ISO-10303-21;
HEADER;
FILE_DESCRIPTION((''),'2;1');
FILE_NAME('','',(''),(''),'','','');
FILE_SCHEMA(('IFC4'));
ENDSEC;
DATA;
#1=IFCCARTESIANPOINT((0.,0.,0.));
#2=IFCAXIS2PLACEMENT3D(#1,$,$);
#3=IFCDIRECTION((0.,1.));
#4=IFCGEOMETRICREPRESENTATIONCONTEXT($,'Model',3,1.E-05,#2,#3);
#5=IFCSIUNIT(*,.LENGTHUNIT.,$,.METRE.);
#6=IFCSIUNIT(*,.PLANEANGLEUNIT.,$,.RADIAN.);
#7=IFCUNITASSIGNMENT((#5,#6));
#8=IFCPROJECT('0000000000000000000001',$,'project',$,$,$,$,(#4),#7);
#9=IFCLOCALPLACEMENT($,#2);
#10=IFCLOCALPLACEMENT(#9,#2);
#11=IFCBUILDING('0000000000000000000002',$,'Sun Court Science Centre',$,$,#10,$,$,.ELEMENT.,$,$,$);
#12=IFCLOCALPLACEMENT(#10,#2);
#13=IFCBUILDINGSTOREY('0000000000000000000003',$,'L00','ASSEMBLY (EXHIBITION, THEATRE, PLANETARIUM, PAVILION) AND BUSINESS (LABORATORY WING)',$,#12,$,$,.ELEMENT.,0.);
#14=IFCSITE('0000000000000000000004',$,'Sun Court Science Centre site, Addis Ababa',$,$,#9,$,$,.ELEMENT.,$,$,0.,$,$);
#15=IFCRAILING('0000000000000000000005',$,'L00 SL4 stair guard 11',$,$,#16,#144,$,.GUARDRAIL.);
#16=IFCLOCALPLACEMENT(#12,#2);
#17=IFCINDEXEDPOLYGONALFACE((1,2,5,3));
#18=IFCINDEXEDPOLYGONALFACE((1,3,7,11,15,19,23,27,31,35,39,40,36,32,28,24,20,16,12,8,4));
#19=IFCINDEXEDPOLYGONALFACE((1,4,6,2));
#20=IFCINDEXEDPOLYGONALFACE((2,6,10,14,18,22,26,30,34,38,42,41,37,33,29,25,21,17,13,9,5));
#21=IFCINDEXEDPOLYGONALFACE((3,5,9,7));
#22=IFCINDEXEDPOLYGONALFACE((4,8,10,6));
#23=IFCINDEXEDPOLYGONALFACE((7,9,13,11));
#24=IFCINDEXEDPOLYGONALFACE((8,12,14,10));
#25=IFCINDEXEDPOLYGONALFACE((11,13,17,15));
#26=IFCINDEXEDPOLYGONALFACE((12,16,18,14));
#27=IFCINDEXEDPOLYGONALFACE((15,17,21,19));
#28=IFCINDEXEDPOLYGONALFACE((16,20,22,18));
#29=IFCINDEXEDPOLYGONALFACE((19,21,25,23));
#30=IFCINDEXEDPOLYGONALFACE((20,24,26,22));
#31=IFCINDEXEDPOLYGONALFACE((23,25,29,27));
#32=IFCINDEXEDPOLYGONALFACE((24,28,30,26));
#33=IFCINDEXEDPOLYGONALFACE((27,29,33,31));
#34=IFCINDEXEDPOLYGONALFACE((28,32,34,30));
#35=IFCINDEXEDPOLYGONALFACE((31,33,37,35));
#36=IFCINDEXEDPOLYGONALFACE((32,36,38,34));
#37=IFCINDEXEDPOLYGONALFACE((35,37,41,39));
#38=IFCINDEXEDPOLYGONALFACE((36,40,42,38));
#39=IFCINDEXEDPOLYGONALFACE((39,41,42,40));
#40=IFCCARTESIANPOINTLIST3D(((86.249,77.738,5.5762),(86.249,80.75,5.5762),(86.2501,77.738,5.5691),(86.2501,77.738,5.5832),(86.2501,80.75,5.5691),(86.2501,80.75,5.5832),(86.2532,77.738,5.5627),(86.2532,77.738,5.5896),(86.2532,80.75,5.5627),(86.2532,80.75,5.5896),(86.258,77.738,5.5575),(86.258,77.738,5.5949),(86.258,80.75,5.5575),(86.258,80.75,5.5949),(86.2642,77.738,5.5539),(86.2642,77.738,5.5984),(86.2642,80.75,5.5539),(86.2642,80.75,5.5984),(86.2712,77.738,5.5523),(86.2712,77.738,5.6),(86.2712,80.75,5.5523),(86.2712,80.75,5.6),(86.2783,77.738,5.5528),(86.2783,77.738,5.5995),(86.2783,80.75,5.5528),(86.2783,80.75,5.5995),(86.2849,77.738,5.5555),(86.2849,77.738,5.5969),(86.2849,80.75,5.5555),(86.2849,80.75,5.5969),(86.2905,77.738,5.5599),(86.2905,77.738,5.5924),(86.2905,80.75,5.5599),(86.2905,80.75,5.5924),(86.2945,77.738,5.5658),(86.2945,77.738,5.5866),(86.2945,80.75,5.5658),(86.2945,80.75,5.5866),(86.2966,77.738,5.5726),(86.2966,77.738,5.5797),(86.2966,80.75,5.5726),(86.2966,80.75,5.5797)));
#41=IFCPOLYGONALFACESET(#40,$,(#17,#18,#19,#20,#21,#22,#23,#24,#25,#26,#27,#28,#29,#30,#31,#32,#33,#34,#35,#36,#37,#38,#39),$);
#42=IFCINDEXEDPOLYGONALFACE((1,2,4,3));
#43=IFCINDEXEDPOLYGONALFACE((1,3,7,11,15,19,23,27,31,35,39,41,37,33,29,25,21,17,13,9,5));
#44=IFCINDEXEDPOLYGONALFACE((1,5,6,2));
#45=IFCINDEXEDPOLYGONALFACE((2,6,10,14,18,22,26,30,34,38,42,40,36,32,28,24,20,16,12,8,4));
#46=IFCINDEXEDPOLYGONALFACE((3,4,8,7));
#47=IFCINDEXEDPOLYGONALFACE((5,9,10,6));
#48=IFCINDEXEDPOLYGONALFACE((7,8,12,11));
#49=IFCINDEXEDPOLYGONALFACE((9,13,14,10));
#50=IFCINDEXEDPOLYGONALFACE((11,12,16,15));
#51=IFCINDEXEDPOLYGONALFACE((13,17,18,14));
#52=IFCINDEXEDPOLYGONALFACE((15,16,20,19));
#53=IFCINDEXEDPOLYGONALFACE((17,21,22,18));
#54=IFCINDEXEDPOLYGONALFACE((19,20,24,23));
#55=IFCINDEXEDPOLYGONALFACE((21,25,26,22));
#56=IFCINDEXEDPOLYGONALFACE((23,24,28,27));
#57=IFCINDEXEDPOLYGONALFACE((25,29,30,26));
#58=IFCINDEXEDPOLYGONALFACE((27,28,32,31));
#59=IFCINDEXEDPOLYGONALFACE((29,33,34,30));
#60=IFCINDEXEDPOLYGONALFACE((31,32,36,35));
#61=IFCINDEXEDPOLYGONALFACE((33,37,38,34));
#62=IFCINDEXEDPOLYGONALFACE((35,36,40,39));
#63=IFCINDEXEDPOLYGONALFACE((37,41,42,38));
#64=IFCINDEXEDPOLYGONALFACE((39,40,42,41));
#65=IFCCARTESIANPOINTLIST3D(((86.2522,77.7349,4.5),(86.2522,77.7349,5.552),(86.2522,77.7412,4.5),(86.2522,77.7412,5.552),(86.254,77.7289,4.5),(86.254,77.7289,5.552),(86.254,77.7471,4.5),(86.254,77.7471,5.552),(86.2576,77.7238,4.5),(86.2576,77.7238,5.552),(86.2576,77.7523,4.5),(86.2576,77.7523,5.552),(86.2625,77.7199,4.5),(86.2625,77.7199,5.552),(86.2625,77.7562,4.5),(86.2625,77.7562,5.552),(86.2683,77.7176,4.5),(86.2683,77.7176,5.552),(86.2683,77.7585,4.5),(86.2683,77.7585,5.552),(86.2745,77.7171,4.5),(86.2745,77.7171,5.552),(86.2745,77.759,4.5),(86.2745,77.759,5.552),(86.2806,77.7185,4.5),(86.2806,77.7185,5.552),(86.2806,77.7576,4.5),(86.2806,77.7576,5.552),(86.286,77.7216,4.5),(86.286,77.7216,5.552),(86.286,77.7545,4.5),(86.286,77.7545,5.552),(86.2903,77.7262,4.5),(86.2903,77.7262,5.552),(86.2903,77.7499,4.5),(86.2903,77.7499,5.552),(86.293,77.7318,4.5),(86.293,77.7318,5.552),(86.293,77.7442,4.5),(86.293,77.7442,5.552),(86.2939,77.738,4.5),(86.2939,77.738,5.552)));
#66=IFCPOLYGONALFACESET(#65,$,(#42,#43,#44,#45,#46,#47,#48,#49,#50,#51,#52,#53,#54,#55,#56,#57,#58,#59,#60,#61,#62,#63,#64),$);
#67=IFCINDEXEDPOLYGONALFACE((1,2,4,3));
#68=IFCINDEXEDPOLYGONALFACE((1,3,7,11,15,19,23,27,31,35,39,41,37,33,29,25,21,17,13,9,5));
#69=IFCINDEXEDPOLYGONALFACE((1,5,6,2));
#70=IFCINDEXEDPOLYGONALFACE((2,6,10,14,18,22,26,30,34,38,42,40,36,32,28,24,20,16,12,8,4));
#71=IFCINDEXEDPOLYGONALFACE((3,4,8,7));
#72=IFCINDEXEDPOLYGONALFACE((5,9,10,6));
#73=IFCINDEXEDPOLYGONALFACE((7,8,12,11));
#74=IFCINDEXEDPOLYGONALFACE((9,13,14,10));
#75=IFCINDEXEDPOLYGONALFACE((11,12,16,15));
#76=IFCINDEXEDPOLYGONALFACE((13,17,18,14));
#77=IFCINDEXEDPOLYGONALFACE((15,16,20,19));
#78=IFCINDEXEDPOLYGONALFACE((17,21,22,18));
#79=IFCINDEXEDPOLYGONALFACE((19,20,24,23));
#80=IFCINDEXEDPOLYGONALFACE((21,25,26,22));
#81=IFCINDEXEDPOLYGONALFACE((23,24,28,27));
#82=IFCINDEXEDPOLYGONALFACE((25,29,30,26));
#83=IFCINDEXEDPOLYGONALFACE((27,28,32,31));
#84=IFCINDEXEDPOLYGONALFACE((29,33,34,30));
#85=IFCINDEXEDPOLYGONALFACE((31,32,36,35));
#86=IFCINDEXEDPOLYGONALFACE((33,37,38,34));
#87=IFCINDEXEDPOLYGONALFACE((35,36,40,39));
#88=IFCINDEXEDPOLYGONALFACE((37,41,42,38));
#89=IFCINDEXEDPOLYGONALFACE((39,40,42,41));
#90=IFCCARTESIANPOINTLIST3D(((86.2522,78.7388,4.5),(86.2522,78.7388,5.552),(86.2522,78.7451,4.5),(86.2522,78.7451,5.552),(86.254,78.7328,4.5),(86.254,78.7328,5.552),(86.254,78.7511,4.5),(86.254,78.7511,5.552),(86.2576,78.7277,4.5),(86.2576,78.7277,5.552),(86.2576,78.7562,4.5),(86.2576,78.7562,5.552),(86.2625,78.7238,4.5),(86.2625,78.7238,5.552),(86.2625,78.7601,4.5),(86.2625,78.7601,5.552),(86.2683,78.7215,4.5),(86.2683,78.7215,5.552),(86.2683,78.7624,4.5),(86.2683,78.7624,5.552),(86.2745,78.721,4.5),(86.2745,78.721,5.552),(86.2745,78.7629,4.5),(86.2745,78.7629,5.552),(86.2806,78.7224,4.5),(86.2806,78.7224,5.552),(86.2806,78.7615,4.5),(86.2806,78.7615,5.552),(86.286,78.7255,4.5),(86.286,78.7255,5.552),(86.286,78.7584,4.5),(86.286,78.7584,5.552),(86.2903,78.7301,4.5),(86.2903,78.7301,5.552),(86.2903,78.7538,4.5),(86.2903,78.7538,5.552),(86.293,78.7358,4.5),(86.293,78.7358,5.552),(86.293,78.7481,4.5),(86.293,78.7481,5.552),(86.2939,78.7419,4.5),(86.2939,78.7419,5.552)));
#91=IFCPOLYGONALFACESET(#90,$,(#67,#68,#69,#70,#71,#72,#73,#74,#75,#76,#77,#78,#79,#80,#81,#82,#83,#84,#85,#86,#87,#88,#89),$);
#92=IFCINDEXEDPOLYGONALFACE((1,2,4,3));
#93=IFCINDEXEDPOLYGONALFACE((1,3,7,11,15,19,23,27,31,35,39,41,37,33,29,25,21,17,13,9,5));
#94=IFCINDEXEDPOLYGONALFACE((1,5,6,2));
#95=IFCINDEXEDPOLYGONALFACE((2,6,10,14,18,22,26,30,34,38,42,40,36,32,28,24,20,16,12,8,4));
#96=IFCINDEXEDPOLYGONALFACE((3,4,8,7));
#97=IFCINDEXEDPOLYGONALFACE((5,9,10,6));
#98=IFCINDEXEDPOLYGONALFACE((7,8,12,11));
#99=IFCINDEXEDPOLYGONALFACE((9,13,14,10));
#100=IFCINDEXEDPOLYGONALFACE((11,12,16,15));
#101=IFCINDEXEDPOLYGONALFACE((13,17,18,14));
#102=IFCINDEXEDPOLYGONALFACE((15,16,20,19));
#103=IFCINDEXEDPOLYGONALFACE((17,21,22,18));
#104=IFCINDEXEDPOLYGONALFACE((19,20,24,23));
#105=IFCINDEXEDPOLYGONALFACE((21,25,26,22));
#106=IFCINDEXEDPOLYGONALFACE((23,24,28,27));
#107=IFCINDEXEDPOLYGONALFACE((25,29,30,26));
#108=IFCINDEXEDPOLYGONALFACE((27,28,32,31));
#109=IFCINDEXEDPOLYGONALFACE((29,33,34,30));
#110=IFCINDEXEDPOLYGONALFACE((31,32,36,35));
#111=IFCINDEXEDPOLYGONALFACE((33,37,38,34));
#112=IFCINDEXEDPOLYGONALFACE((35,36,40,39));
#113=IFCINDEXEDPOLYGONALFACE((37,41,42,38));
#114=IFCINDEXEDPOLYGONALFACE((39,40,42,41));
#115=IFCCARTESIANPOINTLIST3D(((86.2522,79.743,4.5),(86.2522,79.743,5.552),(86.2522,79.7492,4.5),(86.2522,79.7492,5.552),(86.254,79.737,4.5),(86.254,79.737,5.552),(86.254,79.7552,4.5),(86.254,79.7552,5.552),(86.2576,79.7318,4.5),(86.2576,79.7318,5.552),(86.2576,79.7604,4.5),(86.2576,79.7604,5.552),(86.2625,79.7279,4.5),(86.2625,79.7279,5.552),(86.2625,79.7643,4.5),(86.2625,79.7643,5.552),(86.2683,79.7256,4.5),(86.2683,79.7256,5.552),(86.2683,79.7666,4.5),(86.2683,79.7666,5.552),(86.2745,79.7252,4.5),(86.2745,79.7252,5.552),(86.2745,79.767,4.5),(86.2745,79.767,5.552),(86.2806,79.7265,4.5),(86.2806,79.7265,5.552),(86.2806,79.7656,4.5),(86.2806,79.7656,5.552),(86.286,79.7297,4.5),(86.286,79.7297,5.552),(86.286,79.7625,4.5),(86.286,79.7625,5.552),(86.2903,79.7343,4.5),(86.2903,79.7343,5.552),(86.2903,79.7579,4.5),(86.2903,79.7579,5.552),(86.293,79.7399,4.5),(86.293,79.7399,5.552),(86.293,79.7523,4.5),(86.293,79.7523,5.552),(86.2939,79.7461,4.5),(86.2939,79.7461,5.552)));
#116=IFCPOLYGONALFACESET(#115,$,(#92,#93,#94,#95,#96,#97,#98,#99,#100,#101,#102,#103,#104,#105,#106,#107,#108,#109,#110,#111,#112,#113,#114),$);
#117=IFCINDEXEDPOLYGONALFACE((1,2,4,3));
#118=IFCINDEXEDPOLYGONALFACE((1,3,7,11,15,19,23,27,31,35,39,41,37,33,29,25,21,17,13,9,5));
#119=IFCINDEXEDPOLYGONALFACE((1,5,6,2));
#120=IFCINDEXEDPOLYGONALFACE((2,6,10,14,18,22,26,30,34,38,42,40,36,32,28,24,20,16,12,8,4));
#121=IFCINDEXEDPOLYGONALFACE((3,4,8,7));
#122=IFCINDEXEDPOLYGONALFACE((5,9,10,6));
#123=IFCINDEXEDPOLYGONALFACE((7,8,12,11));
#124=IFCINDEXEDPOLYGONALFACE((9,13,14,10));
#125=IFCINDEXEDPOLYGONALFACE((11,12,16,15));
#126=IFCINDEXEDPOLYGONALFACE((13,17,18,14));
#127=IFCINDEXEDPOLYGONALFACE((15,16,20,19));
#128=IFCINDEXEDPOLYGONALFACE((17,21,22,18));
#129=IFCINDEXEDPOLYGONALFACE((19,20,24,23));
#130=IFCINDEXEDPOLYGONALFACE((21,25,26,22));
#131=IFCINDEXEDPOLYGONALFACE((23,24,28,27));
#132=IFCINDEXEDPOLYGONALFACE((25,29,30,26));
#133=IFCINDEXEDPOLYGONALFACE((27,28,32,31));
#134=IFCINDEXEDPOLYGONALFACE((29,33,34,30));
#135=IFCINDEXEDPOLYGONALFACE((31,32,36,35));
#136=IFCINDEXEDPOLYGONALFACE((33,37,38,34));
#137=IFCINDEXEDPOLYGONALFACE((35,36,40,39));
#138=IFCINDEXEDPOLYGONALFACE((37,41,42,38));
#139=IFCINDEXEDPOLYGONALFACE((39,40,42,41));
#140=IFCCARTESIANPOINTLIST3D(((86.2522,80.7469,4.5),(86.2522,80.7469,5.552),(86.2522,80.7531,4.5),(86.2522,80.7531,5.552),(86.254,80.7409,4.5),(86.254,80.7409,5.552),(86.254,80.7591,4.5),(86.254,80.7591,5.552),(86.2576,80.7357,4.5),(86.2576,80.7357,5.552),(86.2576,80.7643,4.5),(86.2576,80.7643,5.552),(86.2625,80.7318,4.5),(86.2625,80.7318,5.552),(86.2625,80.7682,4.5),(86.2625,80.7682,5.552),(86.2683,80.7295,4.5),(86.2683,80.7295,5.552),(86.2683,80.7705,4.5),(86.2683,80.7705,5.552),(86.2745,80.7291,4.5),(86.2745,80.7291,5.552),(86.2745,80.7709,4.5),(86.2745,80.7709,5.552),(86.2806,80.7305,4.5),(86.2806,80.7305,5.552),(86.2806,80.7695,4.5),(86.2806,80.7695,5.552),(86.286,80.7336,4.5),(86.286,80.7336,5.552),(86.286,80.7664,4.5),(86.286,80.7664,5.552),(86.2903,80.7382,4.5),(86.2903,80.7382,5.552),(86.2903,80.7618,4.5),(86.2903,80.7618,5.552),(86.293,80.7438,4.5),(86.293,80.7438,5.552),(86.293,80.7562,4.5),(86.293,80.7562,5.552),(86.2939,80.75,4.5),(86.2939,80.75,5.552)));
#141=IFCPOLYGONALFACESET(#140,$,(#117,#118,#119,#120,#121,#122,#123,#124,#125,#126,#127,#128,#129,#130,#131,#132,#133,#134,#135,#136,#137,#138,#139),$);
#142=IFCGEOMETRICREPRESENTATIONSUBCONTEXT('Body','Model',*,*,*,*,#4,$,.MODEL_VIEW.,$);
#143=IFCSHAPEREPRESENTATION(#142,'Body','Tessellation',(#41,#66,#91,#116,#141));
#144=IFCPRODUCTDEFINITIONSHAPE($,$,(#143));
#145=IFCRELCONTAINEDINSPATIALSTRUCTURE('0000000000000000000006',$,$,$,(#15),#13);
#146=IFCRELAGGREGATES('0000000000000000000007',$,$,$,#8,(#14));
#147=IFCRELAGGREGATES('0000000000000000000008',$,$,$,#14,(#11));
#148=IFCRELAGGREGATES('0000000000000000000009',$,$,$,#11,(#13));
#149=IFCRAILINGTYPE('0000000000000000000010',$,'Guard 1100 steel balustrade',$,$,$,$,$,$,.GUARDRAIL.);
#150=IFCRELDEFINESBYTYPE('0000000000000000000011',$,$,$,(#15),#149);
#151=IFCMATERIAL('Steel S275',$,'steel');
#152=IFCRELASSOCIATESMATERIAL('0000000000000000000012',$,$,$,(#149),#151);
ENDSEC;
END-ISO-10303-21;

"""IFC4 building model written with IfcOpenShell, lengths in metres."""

from ifc_helpers import new_model, si_unit, direction, frame, origin, origin_2d, place, context, subcontext, project, spatial, circle, extrude, material, type_object, element, save


model = new_model("IFC4")

# Units and contexts
model_context = context("Model", 3, precision=1e-05, world=origin(), true_north=direction((0.0, 1.0)))
body_context = subcontext(model_context, "Body", "Model", "MODEL_VIEW")
ifc_project = project(units=[si_unit("LENGTHUNIT", "METRE"), si_unit("PLANEANGLEUNIT", "RADIAN")], contexts=[model_context])

# Site, building, storey
site_placement = place(None, origin())
site = spatial("IfcSite", under=ifc_project, at=site_placement, Name="Sun Court Science Centre site, Addis Ababa", CompositionType="ELEMENT", RefElevation=0.0)
building_placement = place(site_placement, origin())
building = spatial("IfcBuilding", under=site, at=building_placement, Name="Sun Court Science Centre", CompositionType="ELEMENT")
storey_placement = place(building_placement, origin())
storey = spatial("IfcBuildingStorey", under=building, at=storey_placement, Name="L00", Description="ASSEMBLY (EXHIBITION, THEATRE, PLANETARIUM, PAVILION) AND BUSINESS (LABORATORY WING)", CompositionType="ELEMENT", Elevation=0.0)

# Railing
ifc_material_1 = material(Name="Steel S275", Category="steel")
railing_type_1 = type_object("IfcRailingType", Name="Guard 1100 steel balustrade", PredefinedType="GUARDRAIL", material=ifc_material_1)
railing_1_placement = place(storey_placement, frame((86.2729, 77.738, 4.5)))
element("IfcRailing", 1, at=railing_1_placement, inside=storey, type_object=railing_type_1, Name="L00 SL4 stair guard 11", PredefinedType="GUARDRAIL", context=body_context, shape_type="SweptSolid", body=[
    extrude(circle(Radius=0.0239, at=origin_2d()), frame((0.0, 0.0, 1.0762), z_axis=(0.0, 1.0, 0.0), x_axis=(-1.0, 0.0, 0.0)), (0.0, 0.0, 1.0), 3.012),
    extrude(circle(Radius=0.021, at=origin_2d()), origin(), (0.0, 0.0, 1.0), 1.052),
    extrude(circle(Radius=0.021, at=origin_2d()), frame((0.0, 1.0039, 0.0)), (0.0, 0.0, 1.0), 1.052),
    extrude(circle(Radius=0.021, at=origin_2d()), frame((0.0, 2.0081, 0.0)), (0.0, 0.0, 1.0), 1.052),
    extrude(circle(Radius=0.021, at=origin_2d()), frame((0.0, 3.012, 0.0)), (0.0, 0.0, 1.0), 1.052),
])

save(model, "model.ifc")
